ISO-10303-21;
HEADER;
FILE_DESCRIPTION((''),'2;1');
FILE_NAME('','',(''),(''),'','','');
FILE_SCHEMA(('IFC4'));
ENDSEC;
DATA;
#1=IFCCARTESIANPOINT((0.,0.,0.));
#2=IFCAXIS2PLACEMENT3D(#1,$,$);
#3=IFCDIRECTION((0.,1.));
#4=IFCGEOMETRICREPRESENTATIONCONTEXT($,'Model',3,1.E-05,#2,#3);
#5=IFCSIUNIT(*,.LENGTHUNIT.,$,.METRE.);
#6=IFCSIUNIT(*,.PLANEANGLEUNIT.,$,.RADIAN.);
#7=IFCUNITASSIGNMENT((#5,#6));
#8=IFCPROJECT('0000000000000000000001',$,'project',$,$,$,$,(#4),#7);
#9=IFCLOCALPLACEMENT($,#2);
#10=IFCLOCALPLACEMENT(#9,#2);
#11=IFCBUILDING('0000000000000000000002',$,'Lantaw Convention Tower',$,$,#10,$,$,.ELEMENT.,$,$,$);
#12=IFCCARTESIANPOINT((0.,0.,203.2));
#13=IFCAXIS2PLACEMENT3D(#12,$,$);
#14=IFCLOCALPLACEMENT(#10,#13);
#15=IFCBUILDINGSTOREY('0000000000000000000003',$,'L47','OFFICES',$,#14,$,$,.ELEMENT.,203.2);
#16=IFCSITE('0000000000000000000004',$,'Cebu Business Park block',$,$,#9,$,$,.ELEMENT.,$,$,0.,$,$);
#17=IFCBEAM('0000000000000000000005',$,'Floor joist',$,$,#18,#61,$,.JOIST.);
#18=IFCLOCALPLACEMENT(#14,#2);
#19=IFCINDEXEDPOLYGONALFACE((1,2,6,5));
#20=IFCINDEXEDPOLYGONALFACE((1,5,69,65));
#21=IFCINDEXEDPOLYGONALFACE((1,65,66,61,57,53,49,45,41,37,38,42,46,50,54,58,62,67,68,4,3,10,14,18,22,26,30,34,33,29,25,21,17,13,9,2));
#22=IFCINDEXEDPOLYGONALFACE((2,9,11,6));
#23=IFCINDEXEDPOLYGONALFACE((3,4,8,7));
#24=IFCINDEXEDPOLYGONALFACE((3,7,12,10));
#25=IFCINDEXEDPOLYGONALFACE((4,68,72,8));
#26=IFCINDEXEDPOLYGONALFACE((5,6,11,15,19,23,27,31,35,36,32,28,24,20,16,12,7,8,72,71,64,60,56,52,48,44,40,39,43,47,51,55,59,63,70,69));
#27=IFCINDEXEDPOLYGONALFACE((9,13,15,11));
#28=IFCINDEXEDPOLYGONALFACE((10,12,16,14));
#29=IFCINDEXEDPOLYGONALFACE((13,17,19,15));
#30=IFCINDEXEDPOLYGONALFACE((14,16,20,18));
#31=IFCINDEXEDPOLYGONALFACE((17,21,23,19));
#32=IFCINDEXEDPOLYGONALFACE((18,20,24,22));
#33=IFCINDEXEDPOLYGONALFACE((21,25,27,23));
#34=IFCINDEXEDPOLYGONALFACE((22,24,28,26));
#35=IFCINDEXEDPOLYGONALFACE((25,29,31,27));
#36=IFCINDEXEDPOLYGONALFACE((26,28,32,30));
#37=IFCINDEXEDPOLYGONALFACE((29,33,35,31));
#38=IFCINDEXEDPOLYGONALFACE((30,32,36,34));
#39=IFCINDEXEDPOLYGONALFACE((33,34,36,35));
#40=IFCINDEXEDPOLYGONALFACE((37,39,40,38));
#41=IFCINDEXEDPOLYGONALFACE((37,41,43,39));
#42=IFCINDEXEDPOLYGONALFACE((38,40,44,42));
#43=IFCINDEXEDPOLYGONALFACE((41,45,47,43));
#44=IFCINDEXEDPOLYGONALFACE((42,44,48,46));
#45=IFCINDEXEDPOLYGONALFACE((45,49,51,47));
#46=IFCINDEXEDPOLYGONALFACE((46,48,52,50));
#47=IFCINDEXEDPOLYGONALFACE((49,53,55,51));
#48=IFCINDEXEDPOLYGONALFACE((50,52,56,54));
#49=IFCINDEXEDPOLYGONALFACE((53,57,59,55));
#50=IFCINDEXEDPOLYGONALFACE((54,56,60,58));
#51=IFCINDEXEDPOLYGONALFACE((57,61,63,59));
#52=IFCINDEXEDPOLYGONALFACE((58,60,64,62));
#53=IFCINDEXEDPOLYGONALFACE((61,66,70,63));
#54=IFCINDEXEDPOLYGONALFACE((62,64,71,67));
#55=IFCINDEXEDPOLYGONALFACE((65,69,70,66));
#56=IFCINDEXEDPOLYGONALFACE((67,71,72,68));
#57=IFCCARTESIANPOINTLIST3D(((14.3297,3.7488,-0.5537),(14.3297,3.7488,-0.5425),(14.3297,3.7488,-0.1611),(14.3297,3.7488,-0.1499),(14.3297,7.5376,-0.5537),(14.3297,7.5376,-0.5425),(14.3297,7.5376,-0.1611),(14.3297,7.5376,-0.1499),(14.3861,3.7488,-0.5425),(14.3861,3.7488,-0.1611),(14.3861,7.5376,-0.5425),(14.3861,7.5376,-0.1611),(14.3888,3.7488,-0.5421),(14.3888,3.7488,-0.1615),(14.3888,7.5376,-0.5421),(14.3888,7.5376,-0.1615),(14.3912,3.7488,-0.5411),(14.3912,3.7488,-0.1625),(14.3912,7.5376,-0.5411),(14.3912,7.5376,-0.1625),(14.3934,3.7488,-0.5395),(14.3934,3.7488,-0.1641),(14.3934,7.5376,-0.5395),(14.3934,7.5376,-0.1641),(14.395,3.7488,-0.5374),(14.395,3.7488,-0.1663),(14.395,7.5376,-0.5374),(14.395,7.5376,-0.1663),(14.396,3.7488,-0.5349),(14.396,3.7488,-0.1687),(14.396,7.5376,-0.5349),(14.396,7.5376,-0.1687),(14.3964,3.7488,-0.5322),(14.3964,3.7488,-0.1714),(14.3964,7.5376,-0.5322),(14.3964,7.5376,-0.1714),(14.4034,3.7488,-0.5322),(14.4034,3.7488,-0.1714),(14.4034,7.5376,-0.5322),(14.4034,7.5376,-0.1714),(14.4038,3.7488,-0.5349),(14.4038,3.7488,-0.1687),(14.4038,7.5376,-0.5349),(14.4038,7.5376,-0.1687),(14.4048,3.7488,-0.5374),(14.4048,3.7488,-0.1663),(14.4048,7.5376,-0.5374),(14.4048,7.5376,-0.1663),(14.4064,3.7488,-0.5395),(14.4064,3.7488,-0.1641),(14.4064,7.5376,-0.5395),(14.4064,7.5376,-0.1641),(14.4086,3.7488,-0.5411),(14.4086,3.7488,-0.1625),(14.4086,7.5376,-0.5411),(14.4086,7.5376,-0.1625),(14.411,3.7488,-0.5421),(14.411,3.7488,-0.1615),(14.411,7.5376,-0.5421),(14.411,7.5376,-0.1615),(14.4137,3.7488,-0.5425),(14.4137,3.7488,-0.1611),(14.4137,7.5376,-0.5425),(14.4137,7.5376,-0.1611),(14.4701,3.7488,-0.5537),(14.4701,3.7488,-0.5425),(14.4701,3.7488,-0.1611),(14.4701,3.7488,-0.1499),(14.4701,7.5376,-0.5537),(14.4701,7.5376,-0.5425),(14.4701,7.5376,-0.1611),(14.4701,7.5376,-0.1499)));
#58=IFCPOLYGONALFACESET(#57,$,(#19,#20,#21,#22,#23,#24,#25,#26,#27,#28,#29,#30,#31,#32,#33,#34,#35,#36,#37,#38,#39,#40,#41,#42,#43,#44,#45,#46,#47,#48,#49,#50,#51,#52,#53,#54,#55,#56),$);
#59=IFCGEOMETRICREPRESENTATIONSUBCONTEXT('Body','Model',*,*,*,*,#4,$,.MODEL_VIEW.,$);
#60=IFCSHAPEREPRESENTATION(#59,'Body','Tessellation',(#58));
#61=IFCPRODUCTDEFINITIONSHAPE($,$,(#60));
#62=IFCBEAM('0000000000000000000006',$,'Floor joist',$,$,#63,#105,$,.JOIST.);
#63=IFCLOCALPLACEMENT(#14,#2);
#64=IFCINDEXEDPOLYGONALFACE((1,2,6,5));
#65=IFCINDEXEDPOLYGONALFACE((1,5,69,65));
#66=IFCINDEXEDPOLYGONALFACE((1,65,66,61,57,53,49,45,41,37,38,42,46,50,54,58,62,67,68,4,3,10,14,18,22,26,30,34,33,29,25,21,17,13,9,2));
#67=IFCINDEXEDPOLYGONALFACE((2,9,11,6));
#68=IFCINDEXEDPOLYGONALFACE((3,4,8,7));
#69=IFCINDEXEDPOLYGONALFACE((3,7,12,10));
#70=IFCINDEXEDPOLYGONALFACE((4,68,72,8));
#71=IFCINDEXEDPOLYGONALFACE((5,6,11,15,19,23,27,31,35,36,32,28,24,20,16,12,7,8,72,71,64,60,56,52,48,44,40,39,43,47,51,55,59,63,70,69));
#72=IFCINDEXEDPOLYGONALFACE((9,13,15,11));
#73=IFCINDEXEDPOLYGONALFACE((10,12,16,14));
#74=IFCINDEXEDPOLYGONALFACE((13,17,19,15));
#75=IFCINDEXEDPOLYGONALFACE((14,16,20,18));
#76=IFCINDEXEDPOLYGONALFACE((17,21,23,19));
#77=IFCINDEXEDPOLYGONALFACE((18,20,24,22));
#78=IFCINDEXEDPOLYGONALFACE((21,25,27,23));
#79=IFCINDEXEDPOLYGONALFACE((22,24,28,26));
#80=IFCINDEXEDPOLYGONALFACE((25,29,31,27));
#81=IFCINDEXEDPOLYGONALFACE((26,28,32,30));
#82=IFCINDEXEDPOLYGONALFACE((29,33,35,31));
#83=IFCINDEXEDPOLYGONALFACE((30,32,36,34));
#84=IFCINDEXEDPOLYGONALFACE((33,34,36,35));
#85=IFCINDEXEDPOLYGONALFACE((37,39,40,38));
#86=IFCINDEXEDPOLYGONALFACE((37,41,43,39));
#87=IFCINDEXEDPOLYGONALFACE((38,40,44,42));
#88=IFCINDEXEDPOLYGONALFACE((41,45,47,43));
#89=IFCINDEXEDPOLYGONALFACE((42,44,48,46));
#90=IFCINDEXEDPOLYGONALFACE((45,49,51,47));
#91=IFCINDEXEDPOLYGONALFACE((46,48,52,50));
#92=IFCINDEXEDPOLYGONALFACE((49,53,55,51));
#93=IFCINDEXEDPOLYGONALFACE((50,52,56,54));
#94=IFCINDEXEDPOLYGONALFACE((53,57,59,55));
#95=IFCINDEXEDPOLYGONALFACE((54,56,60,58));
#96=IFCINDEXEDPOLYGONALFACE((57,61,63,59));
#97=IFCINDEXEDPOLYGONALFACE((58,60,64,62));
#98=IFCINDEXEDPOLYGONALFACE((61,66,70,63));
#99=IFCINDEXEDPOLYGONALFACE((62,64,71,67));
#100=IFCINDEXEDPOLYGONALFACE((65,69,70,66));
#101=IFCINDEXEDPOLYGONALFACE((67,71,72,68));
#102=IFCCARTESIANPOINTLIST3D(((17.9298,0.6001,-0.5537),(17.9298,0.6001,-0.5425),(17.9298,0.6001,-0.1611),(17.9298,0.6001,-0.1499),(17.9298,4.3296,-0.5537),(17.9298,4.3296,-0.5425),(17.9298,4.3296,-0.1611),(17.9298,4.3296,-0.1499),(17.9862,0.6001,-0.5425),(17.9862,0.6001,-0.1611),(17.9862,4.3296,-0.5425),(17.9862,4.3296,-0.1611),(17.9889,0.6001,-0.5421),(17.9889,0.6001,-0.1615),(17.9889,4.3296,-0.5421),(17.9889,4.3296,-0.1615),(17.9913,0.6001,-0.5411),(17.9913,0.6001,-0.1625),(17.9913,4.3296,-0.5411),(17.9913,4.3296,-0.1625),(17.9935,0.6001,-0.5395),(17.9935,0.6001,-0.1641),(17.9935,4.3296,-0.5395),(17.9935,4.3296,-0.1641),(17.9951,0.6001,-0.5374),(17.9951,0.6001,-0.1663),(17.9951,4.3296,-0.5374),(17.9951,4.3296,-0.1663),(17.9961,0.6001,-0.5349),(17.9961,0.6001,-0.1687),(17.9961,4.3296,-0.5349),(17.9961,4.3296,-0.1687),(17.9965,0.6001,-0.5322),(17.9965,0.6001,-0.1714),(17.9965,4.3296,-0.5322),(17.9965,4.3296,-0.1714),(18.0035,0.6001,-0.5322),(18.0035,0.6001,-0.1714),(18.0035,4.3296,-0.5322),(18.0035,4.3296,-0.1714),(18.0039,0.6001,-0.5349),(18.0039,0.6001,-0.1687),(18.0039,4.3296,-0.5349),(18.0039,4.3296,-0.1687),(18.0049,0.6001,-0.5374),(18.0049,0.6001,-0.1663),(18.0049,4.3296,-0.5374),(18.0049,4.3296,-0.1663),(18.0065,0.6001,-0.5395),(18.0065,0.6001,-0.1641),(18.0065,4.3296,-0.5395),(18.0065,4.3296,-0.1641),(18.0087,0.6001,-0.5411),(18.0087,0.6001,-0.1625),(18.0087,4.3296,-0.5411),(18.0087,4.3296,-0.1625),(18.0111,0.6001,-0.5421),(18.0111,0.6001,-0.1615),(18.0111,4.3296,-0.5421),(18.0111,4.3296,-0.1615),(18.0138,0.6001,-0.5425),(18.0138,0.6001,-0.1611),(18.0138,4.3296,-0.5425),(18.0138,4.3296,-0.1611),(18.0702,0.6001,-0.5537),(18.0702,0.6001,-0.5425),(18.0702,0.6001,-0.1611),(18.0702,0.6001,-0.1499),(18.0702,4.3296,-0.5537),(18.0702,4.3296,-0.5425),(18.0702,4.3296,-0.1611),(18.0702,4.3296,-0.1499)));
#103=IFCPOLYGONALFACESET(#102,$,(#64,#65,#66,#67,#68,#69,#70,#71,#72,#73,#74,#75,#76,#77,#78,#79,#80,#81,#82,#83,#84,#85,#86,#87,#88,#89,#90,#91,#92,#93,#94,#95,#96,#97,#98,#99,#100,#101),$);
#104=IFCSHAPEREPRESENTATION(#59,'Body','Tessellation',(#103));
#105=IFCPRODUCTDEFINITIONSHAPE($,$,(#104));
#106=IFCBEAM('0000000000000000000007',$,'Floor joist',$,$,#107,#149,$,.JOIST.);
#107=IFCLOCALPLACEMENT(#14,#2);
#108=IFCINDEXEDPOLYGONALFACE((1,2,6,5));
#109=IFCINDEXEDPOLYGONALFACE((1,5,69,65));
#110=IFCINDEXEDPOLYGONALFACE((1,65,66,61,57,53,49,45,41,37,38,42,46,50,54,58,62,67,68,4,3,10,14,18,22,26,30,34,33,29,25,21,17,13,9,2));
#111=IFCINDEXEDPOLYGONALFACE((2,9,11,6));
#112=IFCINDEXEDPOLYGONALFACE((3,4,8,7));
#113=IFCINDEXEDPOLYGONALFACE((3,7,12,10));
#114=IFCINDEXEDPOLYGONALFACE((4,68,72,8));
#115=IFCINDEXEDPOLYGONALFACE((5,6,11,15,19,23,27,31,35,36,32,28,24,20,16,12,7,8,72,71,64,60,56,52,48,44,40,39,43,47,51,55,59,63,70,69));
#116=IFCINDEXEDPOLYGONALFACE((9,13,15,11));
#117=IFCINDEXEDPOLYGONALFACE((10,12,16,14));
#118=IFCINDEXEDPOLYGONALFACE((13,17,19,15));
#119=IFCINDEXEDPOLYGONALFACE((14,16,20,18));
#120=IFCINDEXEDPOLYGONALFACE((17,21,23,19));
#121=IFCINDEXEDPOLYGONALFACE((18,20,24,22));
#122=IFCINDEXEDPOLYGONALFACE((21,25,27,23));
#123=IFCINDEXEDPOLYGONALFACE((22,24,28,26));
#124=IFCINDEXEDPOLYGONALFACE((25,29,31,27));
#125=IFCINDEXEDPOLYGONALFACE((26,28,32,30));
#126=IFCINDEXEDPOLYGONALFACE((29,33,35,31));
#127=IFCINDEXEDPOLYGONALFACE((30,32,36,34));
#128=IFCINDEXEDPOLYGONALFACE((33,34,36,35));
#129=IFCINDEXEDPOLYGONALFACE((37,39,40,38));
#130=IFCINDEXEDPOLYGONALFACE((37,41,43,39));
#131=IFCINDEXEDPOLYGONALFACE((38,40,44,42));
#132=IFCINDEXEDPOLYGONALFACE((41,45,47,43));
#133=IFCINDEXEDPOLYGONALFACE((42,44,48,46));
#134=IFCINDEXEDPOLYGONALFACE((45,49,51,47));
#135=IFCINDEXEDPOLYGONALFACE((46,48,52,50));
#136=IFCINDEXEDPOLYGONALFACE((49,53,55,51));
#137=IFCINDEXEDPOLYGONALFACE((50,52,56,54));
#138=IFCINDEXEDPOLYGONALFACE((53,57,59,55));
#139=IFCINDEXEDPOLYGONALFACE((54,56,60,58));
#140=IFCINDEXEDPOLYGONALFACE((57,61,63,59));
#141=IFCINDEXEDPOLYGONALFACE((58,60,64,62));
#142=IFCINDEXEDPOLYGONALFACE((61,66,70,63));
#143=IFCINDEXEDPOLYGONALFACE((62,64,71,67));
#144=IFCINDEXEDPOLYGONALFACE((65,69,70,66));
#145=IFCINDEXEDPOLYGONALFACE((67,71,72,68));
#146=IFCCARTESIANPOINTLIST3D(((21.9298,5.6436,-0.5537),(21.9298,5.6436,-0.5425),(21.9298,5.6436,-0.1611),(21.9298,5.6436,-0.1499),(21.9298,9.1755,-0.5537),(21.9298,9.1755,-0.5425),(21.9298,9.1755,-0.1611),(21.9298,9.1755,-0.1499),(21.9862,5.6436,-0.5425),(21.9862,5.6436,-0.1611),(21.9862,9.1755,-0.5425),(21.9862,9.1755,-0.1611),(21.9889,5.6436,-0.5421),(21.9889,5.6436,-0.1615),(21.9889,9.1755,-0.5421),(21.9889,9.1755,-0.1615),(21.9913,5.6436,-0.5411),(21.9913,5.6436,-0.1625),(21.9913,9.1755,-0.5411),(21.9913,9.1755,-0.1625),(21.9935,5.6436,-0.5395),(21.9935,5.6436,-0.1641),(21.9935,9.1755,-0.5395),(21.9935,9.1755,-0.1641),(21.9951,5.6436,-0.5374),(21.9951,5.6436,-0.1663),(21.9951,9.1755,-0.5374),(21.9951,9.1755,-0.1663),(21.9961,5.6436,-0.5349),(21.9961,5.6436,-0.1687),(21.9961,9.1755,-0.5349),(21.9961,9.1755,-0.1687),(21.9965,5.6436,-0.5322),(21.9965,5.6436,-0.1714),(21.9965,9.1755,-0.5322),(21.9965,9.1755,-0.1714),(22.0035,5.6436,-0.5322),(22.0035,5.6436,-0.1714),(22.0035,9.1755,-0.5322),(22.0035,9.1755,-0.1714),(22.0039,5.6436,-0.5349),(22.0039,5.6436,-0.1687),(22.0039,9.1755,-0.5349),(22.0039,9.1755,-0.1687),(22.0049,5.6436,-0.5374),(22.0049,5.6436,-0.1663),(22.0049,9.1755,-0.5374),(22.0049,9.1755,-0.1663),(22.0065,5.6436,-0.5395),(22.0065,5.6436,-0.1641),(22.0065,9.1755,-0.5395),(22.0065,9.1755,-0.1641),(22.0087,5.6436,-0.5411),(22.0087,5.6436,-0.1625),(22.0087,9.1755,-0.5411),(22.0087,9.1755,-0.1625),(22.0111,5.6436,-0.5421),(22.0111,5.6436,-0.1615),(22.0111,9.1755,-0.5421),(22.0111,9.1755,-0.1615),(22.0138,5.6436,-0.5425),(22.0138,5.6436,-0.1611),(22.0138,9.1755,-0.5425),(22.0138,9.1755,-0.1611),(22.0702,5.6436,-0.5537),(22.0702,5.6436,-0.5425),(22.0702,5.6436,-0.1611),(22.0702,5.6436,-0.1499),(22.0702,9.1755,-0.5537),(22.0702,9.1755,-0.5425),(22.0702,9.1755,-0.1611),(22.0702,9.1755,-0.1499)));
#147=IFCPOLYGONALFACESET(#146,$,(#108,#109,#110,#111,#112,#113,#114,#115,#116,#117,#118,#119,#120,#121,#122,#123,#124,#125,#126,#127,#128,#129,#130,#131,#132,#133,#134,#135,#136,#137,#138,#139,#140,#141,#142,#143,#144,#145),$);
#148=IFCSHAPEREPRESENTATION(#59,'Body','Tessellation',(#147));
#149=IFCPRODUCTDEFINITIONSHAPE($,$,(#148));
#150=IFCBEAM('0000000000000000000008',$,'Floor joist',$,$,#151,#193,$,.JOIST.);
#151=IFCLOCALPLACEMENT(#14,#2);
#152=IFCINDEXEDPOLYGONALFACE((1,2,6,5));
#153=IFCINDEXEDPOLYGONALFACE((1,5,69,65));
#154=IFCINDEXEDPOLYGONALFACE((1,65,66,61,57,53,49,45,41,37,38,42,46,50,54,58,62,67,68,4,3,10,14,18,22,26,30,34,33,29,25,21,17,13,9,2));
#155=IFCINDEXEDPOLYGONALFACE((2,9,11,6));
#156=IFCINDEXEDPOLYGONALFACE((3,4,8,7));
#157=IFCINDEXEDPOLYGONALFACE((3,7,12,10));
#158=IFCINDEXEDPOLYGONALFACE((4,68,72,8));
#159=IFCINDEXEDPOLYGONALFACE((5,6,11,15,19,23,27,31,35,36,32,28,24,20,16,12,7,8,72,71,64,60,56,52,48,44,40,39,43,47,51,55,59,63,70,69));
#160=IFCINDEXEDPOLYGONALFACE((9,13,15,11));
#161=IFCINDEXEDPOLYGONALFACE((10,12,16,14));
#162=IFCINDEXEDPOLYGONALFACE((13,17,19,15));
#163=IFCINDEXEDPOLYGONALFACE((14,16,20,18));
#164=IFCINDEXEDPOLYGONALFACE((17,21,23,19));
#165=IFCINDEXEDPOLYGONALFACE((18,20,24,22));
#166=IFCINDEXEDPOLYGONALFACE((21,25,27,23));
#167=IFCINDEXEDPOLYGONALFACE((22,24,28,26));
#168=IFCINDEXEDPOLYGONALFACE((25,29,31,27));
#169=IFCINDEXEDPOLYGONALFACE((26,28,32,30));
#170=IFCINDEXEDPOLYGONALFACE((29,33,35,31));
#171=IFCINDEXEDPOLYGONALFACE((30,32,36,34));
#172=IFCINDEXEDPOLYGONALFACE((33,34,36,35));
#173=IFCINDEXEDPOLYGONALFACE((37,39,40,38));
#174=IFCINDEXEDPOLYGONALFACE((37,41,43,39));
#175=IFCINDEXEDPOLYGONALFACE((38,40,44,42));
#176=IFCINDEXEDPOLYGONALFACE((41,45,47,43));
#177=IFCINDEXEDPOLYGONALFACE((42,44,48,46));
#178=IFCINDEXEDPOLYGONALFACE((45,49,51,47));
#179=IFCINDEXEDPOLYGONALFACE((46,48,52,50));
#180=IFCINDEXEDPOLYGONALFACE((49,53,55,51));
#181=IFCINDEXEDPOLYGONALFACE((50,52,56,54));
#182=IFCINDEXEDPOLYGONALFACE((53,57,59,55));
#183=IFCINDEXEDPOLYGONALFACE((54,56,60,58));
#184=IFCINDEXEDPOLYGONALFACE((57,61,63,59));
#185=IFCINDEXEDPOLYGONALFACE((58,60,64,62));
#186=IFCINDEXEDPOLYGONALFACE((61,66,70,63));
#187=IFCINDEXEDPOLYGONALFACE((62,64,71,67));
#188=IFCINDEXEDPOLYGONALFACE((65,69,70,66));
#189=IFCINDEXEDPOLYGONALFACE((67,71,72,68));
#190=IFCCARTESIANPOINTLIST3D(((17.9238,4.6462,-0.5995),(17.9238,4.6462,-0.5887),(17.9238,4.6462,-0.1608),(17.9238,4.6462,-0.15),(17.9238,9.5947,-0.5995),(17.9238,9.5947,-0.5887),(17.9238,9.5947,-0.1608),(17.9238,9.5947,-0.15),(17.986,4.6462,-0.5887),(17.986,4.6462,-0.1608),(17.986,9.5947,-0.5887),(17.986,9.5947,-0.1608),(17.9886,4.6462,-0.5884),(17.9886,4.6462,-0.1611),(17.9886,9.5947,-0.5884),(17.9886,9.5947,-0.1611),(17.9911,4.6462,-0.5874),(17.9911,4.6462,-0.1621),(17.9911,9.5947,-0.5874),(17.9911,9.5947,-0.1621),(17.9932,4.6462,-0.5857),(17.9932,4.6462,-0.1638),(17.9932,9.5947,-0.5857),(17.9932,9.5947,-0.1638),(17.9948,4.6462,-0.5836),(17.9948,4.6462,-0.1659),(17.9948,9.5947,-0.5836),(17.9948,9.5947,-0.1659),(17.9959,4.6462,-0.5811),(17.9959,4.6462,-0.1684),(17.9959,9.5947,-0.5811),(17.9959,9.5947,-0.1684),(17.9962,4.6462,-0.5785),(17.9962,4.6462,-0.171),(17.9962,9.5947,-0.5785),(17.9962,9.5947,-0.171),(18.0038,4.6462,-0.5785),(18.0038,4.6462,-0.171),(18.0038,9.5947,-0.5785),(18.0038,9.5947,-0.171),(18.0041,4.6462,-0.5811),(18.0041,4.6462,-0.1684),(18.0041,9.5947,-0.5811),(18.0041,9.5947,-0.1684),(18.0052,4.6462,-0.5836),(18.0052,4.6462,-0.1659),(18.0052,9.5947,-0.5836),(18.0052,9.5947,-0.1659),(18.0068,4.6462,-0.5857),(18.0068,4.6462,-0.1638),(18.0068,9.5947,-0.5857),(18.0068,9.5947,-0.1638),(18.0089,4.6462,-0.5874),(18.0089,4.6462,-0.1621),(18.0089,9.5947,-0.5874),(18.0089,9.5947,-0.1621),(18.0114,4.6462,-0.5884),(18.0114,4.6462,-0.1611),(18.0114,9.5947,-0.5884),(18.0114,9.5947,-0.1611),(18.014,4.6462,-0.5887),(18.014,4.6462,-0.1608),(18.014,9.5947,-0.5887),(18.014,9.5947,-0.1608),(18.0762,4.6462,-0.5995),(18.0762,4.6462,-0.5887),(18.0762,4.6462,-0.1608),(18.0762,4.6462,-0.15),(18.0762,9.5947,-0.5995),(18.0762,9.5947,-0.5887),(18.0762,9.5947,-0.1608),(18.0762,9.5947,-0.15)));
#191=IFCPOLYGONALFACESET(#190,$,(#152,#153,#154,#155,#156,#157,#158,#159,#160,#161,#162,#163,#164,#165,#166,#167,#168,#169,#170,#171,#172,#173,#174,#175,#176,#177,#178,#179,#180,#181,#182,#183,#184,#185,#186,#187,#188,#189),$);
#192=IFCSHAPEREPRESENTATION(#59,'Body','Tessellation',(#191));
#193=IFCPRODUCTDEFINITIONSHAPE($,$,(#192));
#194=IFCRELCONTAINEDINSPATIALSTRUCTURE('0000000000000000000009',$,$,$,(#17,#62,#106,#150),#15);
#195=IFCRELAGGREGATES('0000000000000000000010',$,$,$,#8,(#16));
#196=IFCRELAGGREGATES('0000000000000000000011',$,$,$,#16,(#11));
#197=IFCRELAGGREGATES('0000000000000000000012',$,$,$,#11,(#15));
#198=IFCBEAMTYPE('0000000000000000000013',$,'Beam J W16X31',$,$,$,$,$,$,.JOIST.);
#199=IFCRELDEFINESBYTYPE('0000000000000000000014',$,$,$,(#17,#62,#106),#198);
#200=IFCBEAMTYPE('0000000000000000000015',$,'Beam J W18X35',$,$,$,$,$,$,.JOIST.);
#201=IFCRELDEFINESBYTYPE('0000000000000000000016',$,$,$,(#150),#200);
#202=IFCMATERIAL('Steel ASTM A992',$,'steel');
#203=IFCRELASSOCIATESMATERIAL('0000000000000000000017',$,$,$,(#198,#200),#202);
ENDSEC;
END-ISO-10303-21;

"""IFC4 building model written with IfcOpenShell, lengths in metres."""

from ifc_helpers import new_model, si_unit, direction, frame, origin, origin_2d, place, context, subcontext, project, spatial, i_section, extrude, material, material_profile, profile_set, type_object, element, save


model = new_model("IFC4")

# Units and contexts
model_context = context("Model", 3, precision=1e-05, world=origin(), true_north=direction((0.0, 1.0)))
body_context = subcontext(model_context, "Body", "Model", "MODEL_VIEW")
ifc_project = project(units=[si_unit("LENGTHUNIT", "METRE"), si_unit("PLANEANGLEUNIT", "RADIAN")], contexts=[model_context])

# Site, building, storey
site_placement = place(None, origin())
site = spatial("IfcSite", under=ifc_project, at=site_placement, Name="Cebu Business Park block", CompositionType="ELEMENT", RefElevation=0.0)
building_placement = place(site_placement, origin())
building = spatial("IfcBuilding", under=site, at=building_placement, Name="Lantaw Convention Tower", CompositionType="ELEMENT")
storey_placement = place(building_placement, frame((0.0, 0.0, 203.2)))
storey = spatial("IfcBuildingStorey", under=building, at=storey_placement, Name="L47", Description="OFFICES", CompositionType="ELEMENT", Elevation=203.2)

# Beams
ifc_material_1 = material(Name="Steel ASTM A992", Category="steel")
ifc_material_profile_1 = material_profile(ifc_material_1, i_section(OverallWidth=0.1404, OverallDepth=0.4038, WebThickness=0.0071, FlangeThickness=0.0112, FilletRadius=0.0103, at=origin_2d()), Name="W16X31")
ifc_profile_set_1 = profile_set([ifc_material_profile_1], Name="Steel ASTM A992")
beam_type_1 = type_object("IfcBeamType", Name="Beam J W16X31", PredefinedType="JOIST", material=ifc_profile_set_1)
beam_1_placement = place(storey_placement, frame((14.3999, 3.7488, -0.3518), z_axis=(0.0, 1.0, 0.0), x_axis=(-1.0, 0.0, 0.0)))
element("IfcBeam", 1, at=beam_1_placement, inside=storey, type_object=beam_type_1, Name="Floor joist", PredefinedType="JOIST", context=body_context, shape_type="SweptSolid", body=[
    extrude(i_section(OverallWidth=0.1404, OverallDepth=0.4038, WebThickness=0.0071, FlangeThickness=0.0112, FilletRadius=0.0103, at=origin_2d()), origin(), (0.0, 0.0, 1.0), 3.7888),
])
beam_2_placement = place(storey_placement, frame((18.0, 0.6001, -0.3518), z_axis=(0.0, 1.0, 0.0), x_axis=(-1.0, 0.0, 0.0)))
element("IfcBeam", 2, at=beam_2_placement, inside=storey, type_object=beam_type_1, Name="Floor joist", PredefinedType="JOIST", context=body_context, shape_type="SweptSolid", body=[
    extrude(i_section(OverallWidth=0.1404, OverallDepth=0.4038, WebThickness=0.0071, FlangeThickness=0.0112, FilletRadius=0.0103, at=origin_2d()), origin(), (0.0, 0.0, 1.0), 3.7295),
])
beam_3_placement = place(storey_placement, frame((22.0, 5.6436, -0.3518), z_axis=(0.0, 1.0, 0.0), x_axis=(-1.0, 0.0, 0.0)))
element("IfcBeam", 3, at=beam_3_placement, inside=storey, type_object=beam_type_1, Name="Floor joist", PredefinedType="JOIST", context=body_context, shape_type="SweptSolid", body=[
    extrude(i_section(OverallWidth=0.1404, OverallDepth=0.4038, WebThickness=0.0071, FlangeThickness=0.0112, FilletRadius=0.0103, at=origin_2d()), origin(), (0.0, 0.0, 1.0), 3.532),
])
ifc_material_profile_2 = material_profile(ifc_material_1, i_section(OverallWidth=0.1523, OverallDepth=0.4495, WebThickness=0.0076, FlangeThickness=0.0107, FilletRadius=0.0103, at=origin_2d()), Name="W18X35")
ifc_profile_set_2 = profile_set([ifc_material_profile_2], Name="Steel ASTM A992")
beam_type_2 = type_object("IfcBeamType", Name="Beam J W18X35", PredefinedType="JOIST", material=ifc_profile_set_2)
beam_4_placement = place(storey_placement, frame((18.0, 4.6462, -0.3748), z_axis=(0.0, 1.0, 0.0), x_axis=(-1.0, 0.0, 0.0)))
element("IfcBeam", 4, at=beam_4_placement, inside=storey, type_object=beam_type_2, Name="Floor joist", PredefinedType="JOIST", context=body_context, shape_type="SweptSolid", body=[
    extrude(i_section(OverallWidth=0.1523, OverallDepth=0.4495, WebThickness=0.0076, FlangeThickness=0.0107, FilletRadius=0.0103, at=origin_2d()), origin(), (0.0, 0.0, 1.0), 4.9485),
])

save(model, "model.ifc")
